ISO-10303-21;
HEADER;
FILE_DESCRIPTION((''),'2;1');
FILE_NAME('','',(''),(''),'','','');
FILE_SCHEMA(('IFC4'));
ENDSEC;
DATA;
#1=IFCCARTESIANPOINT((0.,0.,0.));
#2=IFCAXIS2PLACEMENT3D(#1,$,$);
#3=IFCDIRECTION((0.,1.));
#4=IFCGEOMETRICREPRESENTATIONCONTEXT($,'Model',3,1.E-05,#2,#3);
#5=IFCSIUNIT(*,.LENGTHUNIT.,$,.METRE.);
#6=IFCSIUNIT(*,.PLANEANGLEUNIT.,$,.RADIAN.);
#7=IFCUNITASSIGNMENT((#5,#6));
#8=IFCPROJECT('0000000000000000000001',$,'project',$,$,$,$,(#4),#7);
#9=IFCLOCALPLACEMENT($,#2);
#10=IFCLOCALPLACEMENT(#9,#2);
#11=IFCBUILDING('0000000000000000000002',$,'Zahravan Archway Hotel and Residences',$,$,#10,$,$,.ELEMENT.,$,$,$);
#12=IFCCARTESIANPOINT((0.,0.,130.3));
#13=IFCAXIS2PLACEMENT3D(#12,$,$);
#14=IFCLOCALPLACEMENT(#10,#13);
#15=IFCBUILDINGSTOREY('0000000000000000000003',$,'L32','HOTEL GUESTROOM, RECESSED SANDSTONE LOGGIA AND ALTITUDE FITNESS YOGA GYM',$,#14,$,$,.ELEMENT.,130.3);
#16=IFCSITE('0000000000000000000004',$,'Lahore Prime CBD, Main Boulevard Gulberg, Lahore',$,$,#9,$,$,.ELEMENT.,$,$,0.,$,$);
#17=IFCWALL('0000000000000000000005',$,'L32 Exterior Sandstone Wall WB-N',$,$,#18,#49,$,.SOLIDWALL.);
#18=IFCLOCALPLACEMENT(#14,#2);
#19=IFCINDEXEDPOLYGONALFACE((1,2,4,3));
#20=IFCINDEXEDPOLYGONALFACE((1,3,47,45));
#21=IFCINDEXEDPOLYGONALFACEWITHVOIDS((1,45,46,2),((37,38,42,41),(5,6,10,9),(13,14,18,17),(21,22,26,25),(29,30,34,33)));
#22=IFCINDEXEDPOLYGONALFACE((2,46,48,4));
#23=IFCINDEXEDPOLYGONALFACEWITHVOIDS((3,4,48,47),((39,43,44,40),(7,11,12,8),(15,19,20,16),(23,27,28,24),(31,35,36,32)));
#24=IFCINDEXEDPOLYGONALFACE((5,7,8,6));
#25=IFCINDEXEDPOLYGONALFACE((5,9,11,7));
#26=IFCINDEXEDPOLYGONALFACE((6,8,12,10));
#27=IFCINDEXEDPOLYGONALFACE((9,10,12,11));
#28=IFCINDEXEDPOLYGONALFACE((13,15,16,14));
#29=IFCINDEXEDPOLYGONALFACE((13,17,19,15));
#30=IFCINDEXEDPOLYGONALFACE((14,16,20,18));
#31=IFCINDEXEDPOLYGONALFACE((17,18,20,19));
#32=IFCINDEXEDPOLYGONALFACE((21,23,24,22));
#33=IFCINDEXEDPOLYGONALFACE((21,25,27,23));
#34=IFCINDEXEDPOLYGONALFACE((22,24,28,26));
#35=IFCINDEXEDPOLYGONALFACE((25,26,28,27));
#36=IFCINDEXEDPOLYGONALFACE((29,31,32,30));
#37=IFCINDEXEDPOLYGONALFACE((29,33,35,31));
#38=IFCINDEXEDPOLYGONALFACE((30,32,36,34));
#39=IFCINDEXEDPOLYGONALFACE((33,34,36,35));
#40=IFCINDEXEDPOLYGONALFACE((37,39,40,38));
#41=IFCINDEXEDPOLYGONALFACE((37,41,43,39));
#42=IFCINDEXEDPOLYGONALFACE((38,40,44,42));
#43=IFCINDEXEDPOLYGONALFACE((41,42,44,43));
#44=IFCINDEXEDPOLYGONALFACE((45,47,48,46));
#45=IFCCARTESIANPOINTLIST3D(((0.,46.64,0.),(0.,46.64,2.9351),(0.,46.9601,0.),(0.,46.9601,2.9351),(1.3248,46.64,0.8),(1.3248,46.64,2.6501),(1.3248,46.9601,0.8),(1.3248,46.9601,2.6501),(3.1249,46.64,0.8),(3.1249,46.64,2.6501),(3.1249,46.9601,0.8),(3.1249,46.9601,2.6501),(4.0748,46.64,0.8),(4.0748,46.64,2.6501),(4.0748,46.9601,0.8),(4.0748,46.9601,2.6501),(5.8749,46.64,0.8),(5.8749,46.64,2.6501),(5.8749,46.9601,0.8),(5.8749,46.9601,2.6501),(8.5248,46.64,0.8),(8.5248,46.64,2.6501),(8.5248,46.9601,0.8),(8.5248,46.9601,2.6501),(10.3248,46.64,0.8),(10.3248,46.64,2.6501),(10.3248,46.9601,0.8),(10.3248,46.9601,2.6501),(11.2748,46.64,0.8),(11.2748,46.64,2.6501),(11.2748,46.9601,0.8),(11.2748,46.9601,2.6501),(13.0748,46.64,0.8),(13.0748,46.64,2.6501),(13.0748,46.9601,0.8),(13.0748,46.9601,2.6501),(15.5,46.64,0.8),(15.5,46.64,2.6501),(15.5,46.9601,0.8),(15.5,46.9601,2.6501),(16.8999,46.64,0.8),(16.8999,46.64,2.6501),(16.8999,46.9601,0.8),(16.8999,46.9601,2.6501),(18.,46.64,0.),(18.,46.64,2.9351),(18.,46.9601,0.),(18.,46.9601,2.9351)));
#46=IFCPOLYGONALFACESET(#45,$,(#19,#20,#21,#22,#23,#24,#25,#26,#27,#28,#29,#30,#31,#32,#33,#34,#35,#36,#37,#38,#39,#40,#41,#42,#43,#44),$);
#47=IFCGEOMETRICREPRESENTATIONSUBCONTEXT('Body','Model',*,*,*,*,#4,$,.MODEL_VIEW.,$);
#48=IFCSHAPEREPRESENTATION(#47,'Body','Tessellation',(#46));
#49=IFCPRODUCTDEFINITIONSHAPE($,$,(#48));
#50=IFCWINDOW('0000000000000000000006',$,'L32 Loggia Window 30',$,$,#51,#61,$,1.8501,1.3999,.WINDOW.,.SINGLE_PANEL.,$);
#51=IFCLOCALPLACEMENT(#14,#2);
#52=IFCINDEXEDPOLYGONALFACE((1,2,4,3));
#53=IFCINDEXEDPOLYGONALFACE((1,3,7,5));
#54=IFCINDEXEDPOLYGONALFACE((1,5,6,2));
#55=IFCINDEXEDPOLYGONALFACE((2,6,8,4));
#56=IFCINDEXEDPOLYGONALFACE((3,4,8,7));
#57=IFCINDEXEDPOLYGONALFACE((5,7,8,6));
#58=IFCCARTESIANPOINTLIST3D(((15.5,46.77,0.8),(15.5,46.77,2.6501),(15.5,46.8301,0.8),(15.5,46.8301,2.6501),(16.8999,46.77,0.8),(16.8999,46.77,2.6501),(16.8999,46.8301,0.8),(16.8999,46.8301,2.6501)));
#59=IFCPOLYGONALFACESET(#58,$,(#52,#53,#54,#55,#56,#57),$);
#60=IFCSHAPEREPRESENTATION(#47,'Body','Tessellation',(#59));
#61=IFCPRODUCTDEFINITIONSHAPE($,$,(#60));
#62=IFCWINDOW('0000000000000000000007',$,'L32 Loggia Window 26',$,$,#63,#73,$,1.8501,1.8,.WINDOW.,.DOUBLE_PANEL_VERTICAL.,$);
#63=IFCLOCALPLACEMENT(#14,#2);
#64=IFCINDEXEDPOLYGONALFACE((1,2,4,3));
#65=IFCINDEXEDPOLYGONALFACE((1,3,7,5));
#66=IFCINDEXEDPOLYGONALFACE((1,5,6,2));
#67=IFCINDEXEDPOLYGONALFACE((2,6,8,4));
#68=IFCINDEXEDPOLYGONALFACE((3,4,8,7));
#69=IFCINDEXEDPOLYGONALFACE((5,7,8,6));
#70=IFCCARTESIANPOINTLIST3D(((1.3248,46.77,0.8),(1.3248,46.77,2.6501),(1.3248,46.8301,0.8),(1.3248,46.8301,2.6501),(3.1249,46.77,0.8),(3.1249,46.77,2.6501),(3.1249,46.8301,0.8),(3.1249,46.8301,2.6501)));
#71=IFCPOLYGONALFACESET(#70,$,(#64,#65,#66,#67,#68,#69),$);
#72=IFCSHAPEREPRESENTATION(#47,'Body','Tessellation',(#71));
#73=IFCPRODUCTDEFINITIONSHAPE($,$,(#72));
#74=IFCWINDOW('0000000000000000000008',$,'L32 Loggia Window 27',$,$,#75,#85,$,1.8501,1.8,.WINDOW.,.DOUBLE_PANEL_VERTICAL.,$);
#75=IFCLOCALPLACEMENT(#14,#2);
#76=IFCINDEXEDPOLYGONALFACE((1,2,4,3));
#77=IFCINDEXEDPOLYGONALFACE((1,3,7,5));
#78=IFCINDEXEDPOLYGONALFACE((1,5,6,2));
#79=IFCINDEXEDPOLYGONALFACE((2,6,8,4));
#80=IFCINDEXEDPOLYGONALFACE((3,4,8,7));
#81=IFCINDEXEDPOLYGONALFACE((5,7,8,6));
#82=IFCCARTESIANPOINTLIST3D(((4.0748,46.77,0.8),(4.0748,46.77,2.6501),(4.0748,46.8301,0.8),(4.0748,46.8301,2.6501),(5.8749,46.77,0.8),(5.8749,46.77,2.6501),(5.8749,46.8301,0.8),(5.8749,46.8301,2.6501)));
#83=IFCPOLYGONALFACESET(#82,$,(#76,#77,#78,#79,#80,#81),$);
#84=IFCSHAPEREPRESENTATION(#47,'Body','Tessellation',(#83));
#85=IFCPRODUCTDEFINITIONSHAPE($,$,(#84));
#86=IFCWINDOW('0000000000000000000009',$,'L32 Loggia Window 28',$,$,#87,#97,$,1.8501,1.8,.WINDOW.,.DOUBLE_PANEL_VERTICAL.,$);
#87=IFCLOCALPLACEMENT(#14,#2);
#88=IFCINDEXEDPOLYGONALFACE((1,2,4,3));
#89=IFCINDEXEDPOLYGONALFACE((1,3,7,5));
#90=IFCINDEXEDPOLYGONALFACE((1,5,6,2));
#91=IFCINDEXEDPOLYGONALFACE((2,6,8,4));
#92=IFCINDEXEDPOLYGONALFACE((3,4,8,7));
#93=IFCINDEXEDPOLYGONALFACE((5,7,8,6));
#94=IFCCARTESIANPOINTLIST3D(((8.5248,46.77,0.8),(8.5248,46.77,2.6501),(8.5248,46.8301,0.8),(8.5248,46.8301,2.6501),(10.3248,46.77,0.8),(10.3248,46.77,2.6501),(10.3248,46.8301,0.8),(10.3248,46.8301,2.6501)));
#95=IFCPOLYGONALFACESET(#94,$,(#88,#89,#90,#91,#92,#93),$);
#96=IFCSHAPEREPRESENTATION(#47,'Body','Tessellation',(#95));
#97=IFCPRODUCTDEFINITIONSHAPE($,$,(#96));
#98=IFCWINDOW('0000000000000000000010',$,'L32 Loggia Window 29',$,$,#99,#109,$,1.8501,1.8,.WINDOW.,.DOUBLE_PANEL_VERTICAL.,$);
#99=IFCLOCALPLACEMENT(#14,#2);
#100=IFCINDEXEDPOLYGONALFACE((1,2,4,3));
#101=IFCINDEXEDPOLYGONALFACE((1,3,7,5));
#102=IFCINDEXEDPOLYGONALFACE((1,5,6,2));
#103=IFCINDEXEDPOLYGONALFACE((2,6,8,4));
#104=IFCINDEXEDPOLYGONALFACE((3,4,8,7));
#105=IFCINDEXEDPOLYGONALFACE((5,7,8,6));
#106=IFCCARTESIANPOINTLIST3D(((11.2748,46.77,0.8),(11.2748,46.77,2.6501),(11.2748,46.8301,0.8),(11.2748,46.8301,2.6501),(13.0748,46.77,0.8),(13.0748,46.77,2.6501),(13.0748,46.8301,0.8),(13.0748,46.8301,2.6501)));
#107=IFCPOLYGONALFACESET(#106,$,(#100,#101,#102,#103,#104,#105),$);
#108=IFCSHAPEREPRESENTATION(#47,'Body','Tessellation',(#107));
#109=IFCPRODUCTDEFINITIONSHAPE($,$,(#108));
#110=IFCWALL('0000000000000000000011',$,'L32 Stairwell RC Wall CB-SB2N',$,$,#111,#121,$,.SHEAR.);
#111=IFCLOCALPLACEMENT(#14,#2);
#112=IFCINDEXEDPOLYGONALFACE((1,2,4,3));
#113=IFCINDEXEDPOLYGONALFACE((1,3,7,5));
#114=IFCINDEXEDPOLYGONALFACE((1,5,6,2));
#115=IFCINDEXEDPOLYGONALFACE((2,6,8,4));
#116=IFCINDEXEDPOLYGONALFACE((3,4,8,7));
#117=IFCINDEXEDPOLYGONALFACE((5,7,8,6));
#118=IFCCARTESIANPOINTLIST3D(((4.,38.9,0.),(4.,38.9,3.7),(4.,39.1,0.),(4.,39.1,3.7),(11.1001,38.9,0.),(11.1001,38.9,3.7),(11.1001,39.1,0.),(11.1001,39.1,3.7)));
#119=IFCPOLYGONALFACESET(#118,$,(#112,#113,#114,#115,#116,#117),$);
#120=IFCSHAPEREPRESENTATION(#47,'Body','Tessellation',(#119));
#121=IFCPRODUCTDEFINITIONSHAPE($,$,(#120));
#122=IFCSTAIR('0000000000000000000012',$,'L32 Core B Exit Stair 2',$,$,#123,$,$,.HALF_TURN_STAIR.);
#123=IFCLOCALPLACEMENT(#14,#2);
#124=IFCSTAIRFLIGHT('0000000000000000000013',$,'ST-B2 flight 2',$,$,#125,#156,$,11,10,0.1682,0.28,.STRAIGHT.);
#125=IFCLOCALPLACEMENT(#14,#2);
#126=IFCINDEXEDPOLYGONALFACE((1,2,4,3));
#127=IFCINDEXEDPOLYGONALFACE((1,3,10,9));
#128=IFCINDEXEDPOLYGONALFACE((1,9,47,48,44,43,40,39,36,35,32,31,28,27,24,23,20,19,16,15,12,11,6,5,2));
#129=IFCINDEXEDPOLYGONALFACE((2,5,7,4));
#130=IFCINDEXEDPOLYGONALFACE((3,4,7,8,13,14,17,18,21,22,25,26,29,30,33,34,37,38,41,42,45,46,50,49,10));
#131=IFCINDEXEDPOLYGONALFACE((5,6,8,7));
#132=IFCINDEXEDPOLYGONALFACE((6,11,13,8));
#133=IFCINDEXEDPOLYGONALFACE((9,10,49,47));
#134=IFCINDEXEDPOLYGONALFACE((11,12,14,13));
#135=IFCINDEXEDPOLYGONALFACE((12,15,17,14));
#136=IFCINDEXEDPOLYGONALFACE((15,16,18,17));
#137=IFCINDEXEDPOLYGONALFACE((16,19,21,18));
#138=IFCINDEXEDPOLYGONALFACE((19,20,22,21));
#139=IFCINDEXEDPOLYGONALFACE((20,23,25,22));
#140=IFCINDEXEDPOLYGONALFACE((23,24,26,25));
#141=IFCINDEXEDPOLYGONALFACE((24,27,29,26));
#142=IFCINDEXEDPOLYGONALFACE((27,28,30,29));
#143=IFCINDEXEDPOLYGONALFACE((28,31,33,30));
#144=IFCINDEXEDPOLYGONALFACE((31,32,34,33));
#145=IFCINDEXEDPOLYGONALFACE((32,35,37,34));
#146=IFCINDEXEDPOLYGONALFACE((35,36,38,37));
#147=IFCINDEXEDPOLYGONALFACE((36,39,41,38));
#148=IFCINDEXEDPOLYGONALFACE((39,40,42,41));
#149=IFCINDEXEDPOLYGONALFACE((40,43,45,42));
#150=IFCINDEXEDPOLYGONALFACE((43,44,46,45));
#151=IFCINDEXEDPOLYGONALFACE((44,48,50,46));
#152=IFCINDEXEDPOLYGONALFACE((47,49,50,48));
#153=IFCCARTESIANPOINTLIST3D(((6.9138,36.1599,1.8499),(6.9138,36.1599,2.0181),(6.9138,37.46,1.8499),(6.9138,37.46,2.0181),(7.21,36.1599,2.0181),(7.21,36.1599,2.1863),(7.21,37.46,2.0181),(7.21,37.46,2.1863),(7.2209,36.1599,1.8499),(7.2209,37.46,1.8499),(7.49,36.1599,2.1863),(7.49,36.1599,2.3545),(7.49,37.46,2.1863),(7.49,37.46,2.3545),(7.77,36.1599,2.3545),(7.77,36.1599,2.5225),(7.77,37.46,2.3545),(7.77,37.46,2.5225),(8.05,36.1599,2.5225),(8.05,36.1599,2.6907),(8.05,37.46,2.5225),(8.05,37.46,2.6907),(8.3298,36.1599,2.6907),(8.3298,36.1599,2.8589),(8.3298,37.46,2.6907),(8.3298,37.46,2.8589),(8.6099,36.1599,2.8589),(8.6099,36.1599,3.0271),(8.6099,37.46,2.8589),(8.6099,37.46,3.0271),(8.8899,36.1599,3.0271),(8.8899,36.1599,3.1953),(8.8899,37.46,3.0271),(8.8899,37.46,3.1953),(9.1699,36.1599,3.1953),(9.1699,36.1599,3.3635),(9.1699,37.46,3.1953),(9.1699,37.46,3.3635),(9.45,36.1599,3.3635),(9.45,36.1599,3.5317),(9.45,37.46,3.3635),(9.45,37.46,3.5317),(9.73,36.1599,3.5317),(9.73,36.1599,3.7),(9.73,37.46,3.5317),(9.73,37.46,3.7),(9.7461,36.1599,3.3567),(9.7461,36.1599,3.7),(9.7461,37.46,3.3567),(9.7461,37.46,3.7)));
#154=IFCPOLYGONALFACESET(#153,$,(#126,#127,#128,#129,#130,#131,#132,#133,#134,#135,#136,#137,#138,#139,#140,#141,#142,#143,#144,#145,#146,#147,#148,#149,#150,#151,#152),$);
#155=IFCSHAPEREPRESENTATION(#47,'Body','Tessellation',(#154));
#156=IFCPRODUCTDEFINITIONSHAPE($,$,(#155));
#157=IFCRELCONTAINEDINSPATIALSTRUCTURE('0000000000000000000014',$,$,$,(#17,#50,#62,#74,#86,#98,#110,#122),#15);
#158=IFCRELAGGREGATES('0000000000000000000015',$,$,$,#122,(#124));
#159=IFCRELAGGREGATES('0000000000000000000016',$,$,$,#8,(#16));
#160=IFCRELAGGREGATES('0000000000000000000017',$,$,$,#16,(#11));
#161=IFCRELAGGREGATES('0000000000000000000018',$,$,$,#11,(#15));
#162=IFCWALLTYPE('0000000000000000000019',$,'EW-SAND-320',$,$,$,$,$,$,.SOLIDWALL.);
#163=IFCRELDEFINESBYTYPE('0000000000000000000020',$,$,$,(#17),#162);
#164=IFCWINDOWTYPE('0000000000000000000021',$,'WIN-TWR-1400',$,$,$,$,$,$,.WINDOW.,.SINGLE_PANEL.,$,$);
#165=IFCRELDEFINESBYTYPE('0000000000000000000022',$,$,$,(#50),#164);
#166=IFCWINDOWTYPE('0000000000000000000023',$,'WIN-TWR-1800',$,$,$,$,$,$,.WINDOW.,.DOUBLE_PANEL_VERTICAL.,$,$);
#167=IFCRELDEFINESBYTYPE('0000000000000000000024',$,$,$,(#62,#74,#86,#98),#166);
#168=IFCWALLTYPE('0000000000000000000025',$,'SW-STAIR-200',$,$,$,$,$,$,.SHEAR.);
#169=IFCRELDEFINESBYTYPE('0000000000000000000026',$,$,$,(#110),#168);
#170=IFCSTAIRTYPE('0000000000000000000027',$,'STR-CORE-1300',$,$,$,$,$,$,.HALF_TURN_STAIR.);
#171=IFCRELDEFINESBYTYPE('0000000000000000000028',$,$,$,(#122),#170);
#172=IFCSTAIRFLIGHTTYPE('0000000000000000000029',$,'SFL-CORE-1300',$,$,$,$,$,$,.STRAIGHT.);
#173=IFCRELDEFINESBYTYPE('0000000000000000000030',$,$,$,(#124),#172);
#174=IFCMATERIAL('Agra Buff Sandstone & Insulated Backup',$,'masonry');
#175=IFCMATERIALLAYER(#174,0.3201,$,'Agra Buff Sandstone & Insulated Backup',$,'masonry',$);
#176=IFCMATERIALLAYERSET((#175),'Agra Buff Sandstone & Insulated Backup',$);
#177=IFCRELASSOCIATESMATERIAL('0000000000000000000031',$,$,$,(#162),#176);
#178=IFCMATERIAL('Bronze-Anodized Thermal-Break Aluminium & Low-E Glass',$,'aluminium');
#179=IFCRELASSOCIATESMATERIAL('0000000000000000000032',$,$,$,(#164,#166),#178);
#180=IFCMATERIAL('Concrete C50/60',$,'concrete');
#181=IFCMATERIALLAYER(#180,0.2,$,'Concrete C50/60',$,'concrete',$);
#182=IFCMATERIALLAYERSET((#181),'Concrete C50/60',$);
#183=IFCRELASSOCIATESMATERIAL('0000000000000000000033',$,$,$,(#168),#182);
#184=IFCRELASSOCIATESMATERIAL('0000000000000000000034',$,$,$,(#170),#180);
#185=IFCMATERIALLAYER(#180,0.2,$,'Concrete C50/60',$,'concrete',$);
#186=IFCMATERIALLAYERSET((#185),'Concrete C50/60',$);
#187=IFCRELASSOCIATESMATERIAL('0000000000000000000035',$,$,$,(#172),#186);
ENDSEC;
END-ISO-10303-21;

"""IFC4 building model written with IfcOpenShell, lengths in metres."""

from ifc_helpers import new_model, si_unit, direction, frame, frame_2d, origin, place, context, subcontext, project, spatial, polyline, rectangle, outline, extrude, source, transform, mapped, material, layer, layer_set, type_object, type_shapes, element, fill, aggregate, save


model = new_model("IFC4")

# Units and contexts
model_context = context("Model", 3, precision=1e-05, world=origin(), true_north=direction((0.0, 1.0)))
body_context = subcontext(model_context, "Body", "Model", "MODEL_VIEW")
ifc_project = project(units=[si_unit("LENGTHUNIT", "METRE"), si_unit("PLANEANGLEUNIT", "RADIAN")], contexts=[model_context])

# Site, building, storey
site_placement = place(None, origin())
site = spatial("IfcSite", under=ifc_project, at=site_placement, Name="Lahore Prime CBD, Main Boulevard Gulberg, Lahore", CompositionType="ELEMENT", RefElevation=0.0)
building_placement = place(site_placement, origin())
building = spatial("IfcBuilding", under=site, at=building_placement, Name="Zahravan Archway Hotel and Residences", CompositionType="ELEMENT")
storey_placement = place(building_placement, frame((0.0, 0.0, 130.3)))
storey = spatial("IfcBuildingStorey", under=building, at=storey_placement, Name="L32", Description="HOTEL GUESTROOM, RECESSED SANDSTONE LOGGIA AND ALTITUDE FITNESS YOGA GYM", CompositionType="ELEMENT", Elevation=130.3)

# Wall, openings, windows
ifc_material_1 = material(Name="Agra Buff Sandstone & Insulated Backup", Category="masonry")
ifc_layer_1 = layer(ifc_material_1, 0.3201, Name="Agra Buff Sandstone & Insulated Backup", Category="masonry")
ifc_layer_set_1 = layer_set([ifc_layer_1], Name="Agra Buff Sandstone & Insulated Backup")
wall_type_1 = type_object("IfcWallType", Name="EW-SAND-320", PredefinedType="SOLIDWALL", material=ifc_layer_set_1)
wall_1_placement = place(storey_placement, frame((0.0, 46.8, 0.0), z_axis=(0.0, 0.0, 1.0), x_axis=(1.0, 0.0, 0.0)))
wall_1 = element("IfcWall", 1, at=wall_1_placement, inside=storey, type_object=wall_type_1, Name="L32 Exterior Sandstone Wall WB-N", PredefinedType="SOLIDWALL", context=body_context, shape_type="SweptSolid", body=[
    extrude(rectangle(XDim=18.0, YDim=0.3201, at=frame_2d((9.0, 0.0))), origin(), (0.0, 0.0, 1.0), 2.9351),
])
opening_1_placement = place(wall_1_placement, frame((1.325, 0.0, 0.8)))
opening_1 = element("IfcOpeningElement", 2, at=opening_1_placement, cuts=wall_1, PredefinedType="OPENING", context=body_context, shape_type="SweptSolid", body=[
    extrude(rectangle(XDim=1.8, YDim=1.8501, at=frame_2d((0.8999, 0.925))), frame((0.0, 0.1699, 0.0), z_axis=(0.0, -1.0, 0.0), x_axis=(1.0, 0.0, 0.0)), (0.0, 0.0, 1.0), 0.3401),
])
opening_2_placement = place(wall_1_placement, frame((4.075, 0.0, 0.8)))
opening_2 = element("IfcOpeningElement", 3, at=opening_2_placement, cuts=wall_1, PredefinedType="OPENING", context=body_context, shape_type="SweptSolid", body=[
    extrude(rectangle(XDim=1.8, YDim=1.8501, at=frame_2d((0.8999, 0.925))), frame((0.0, 0.1699, 0.0), z_axis=(0.0, -1.0, 0.0), x_axis=(1.0, 0.0, 0.0)), (0.0, 0.0, 1.0), 0.3401),
])
opening_3_placement = place(wall_1_placement, frame((8.5249, 0.0, 0.8)))
opening_3 = element("IfcOpeningElement", 4, at=opening_3_placement, cuts=wall_1, PredefinedType="OPENING", context=body_context, shape_type="SweptSolid", body=[
    extrude(rectangle(XDim=1.8, YDim=1.8501, at=frame_2d((0.8999, 0.925))), frame((0.0, 0.1699, 0.0), z_axis=(0.0, -1.0, 0.0), x_axis=(1.0, 0.0, 0.0)), (0.0, 0.0, 1.0), 0.3401),
])
opening_4_placement = place(wall_1_placement, frame((11.2749, 0.0, 0.8)))
opening_4 = element("IfcOpeningElement", 5, at=opening_4_placement, cuts=wall_1, PredefinedType="OPENING", context=body_context, shape_type="SweptSolid", body=[
    extrude(rectangle(XDim=1.8, YDim=1.8501, at=frame_2d((0.8999, 0.925))), frame((0.0, 0.1699, 0.0), z_axis=(0.0, -1.0, 0.0), x_axis=(1.0, 0.0, 0.0)), (0.0, 0.0, 1.0), 0.3401),
])
opening_5_placement = place(wall_1_placement, frame((15.5, 0.0, 0.8)))
opening_5 = element("IfcOpeningElement", 6, at=opening_5_placement, cuts=wall_1, PredefinedType="OPENING", context=body_context, shape_type="SweptSolid", body=[
    extrude(rectangle(XDim=1.3999, YDim=1.8501, at=frame_2d((0.7, 0.925))), frame((0.0, 0.1699, 0.0), z_axis=(0.0, -1.0, 0.0), x_axis=(1.0, 0.0, 0.0)), (0.0, 0.0, 1.0), 0.3401),
])
ifc_material_2 = material(Name="Bronze-Anodized Thermal-Break Aluminium & Low-E Glass", Category="aluminium")
window_type_1 = type_object("IfcWindowType", Name="WIN-TWR-1400", PartitioningType="SINGLE_PANEL", PredefinedType="WINDOW", material=ifc_material_2)
shared_shape_1 = source(origin(), body_context, "Body", "SweptSolid", [
    extrude(rectangle(XDim=1.3999, YDim=1.8501, at=frame_2d((0.7, 0.925))), frame((0.0, 0.03, 0.0), z_axis=(0.0, -1.0, 0.0), x_axis=(1.0, 0.0, 0.0)), (0.0, 0.0, 1.0), 0.0601),
])
type_shapes(window_type_1, [shared_shape_1])
window_1_placement = place(opening_5_placement, origin())
window_1 = element("IfcWindow", 7, at=window_1_placement, inside=storey, type_object=window_type_1, Name="L32 Loggia Window 30", OverallHeight=1.8501, OverallWidth=1.3999, PartitioningType="SINGLE_PANEL", PredefinedType="WINDOW", context=body_context, shape_type="MappedRepresentation", body=[
    mapped(shared_shape_1, transform((0.0, 0.0, 0.0), scale=1.0)),
])
fill(opening_5, window_1)
window_type_2 = type_object("IfcWindowType", Name="WIN-TWR-1800", PartitioningType="DOUBLE_PANEL_VERTICAL", PredefinedType="WINDOW", material=ifc_material_2)
shared_shape_2 = source(origin(), body_context, "Body", "SweptSolid", [
    extrude(rectangle(XDim=1.8, YDim=1.8501, at=frame_2d((0.8999, 0.925))), frame((0.0, 0.03, 0.0), z_axis=(0.0, -1.0, 0.0), x_axis=(1.0, 0.0, 0.0)), (0.0, 0.0, 1.0), 0.0601),
])
type_shapes(window_type_2, [shared_shape_2])
window_2_placement = place(opening_1_placement, origin())
window_2 = element("IfcWindow", 8, at=window_2_placement, inside=storey, type_object=window_type_2, Name="L32 Loggia Window 26", OverallHeight=1.8501, OverallWidth=1.8, PartitioningType="DOUBLE_PANEL_VERTICAL", PredefinedType="WINDOW", context=body_context, shape_type="MappedRepresentation", body=[
    mapped(shared_shape_2, transform((0.0, 0.0, 0.0), scale=1.0)),
])
fill(opening_1, window_2)
window_3_placement = place(opening_2_placement, origin())
window_3 = element("IfcWindow", 9, at=window_3_placement, inside=storey, type_object=window_type_2, Name="L32 Loggia Window 27", OverallHeight=1.8501, OverallWidth=1.8, PartitioningType="DOUBLE_PANEL_VERTICAL", PredefinedType="WINDOW", context=body_context, shape_type="MappedRepresentation", body=[
    mapped(shared_shape_2, transform((0.0, 0.0, 0.0), scale=1.0)),
])
fill(opening_2, window_3)
window_4_placement = place(opening_3_placement, origin())
window_4 = element("IfcWindow", 10, at=window_4_placement, inside=storey, type_object=window_type_2, Name="L32 Loggia Window 28", OverallHeight=1.8501, OverallWidth=1.8, PartitioningType="DOUBLE_PANEL_VERTICAL", PredefinedType="WINDOW", context=body_context, shape_type="MappedRepresentation", body=[
    mapped(shared_shape_2, transform((0.0, 0.0, 0.0), scale=1.0)),
])
fill(opening_3, window_4)
window_5_placement = place(opening_4_placement, origin())
window_5 = element("IfcWindow", 11, at=window_5_placement, inside=storey, type_object=window_type_2, Name="L32 Loggia Window 29", OverallHeight=1.8501, OverallWidth=1.8, PartitioningType="DOUBLE_PANEL_VERTICAL", PredefinedType="WINDOW", context=body_context, shape_type="MappedRepresentation", body=[
    mapped(shared_shape_2, transform((0.0, 0.0, 0.0), scale=1.0)),
])
fill(opening_4, window_5)

# Wall
ifc_material_3 = material(Name="Concrete C50/60", Category="concrete")
ifc_layer_2 = layer(ifc_material_3, 0.2, Name="Concrete C50/60", Category="concrete")
ifc_layer_set_2 = layer_set([ifc_layer_2], Name="Concrete C50/60")
wall_type_2 = type_object("IfcWallType", Name="SW-STAIR-200", PredefinedType="SHEAR", material=ifc_layer_set_2)
wall_2_placement = place(storey_placement, frame((4.0, 39.0, 0.0), z_axis=(0.0, 0.0, 1.0), x_axis=(1.0, 0.0, 0.0)))
element("IfcWall", 12, at=wall_2_placement, inside=storey, type_object=wall_type_2, Name="L32 Stairwell RC Wall CB-SB2N", PredefinedType="SHEAR", context=body_context, shape_type="SweptSolid", body=[
    extrude(rectangle(XDim=7.1001, YDim=0.2, at=frame_2d((3.55, 0.0))), origin(), (0.0, 0.0, 1.0), 3.7),
])

# Stair, stair flight
stair_type = type_object("IfcStairType", Name="STR-CORE-1300", PredefinedType="HALF_TURN_STAIR", material=ifc_material_3)
stair_placement = place(storey_placement, origin())
stair = element("IfcStair", 13, at=stair_placement, inside=storey, type_object=stair_type, Name="L32 Core B Exit Stair 2", PredefinedType="HALF_TURN_STAIR")
ifc_layer_3 = layer(ifc_material_3, 0.2, Name="Concrete C50/60", Category="concrete")
ifc_layer_set_3 = layer_set([ifc_layer_3], Name="Concrete C50/60")
stair_flight_type = type_object("IfcStairFlightType", Name="SFL-CORE-1300", PredefinedType="STRAIGHT", material=ifc_layer_set_3)
shared_shape_3 = source(origin(), body_context, "Body", "SweptSolid", [
    extrude(outline(polyline([(-0.0161, 0.0), (-0.0161, 0.1682), (0.28, 0.1682), (0.28, 0.3364), (0.5601, 0.3364), (0.5601, 0.5046), (0.8401, 0.5046), (0.8401, 0.6726), (1.1201, 0.6726), (1.1201, 0.8408), (1.3999, 0.8408), (1.3999, 1.009), (1.6799, 1.009), (1.6799, 1.1772), (1.96, 1.1772), (1.96, 1.3455), (2.24, 1.3455), (2.24, 1.5137), (2.52, 1.5137), (2.52, 1.6819), (2.8, 1.6819), (2.8, 1.8501), (2.8162, 1.8501), (2.8162, 1.5068), (0.291, 0.0), (-0.0161, 0.0)])), frame((0.0, 0.6499, 0.0), z_axis=(0.0, -1.0, 0.0), x_axis=(1.0, 0.0, 0.0)), (0.0, 0.0, 1.0), 1.3),
])
stair_flight_placement = place(storey_placement, frame((6.9299, 36.8101, 1.8499), z_axis=(0.0, 0.0, 1.0), x_axis=(1.0, 0.0, 0.0)))
stair_flight = element("IfcStairFlight", 14, at=stair_flight_placement, type_object=stair_flight_type, Name="ST-B2 flight 2", NumberOfRisers=11, NumberOfTreads=10, PredefinedType="STRAIGHT", RiserHeight=0.1682, TreadLength=0.28, context=body_context, shape_type="MappedRepresentation", body=[
    mapped(shared_shape_3, transform((0.0, 0.0, 0.0), scale=1.0)),
])
aggregate(stair, [stair_flight])

save(model, "model.ifc")
